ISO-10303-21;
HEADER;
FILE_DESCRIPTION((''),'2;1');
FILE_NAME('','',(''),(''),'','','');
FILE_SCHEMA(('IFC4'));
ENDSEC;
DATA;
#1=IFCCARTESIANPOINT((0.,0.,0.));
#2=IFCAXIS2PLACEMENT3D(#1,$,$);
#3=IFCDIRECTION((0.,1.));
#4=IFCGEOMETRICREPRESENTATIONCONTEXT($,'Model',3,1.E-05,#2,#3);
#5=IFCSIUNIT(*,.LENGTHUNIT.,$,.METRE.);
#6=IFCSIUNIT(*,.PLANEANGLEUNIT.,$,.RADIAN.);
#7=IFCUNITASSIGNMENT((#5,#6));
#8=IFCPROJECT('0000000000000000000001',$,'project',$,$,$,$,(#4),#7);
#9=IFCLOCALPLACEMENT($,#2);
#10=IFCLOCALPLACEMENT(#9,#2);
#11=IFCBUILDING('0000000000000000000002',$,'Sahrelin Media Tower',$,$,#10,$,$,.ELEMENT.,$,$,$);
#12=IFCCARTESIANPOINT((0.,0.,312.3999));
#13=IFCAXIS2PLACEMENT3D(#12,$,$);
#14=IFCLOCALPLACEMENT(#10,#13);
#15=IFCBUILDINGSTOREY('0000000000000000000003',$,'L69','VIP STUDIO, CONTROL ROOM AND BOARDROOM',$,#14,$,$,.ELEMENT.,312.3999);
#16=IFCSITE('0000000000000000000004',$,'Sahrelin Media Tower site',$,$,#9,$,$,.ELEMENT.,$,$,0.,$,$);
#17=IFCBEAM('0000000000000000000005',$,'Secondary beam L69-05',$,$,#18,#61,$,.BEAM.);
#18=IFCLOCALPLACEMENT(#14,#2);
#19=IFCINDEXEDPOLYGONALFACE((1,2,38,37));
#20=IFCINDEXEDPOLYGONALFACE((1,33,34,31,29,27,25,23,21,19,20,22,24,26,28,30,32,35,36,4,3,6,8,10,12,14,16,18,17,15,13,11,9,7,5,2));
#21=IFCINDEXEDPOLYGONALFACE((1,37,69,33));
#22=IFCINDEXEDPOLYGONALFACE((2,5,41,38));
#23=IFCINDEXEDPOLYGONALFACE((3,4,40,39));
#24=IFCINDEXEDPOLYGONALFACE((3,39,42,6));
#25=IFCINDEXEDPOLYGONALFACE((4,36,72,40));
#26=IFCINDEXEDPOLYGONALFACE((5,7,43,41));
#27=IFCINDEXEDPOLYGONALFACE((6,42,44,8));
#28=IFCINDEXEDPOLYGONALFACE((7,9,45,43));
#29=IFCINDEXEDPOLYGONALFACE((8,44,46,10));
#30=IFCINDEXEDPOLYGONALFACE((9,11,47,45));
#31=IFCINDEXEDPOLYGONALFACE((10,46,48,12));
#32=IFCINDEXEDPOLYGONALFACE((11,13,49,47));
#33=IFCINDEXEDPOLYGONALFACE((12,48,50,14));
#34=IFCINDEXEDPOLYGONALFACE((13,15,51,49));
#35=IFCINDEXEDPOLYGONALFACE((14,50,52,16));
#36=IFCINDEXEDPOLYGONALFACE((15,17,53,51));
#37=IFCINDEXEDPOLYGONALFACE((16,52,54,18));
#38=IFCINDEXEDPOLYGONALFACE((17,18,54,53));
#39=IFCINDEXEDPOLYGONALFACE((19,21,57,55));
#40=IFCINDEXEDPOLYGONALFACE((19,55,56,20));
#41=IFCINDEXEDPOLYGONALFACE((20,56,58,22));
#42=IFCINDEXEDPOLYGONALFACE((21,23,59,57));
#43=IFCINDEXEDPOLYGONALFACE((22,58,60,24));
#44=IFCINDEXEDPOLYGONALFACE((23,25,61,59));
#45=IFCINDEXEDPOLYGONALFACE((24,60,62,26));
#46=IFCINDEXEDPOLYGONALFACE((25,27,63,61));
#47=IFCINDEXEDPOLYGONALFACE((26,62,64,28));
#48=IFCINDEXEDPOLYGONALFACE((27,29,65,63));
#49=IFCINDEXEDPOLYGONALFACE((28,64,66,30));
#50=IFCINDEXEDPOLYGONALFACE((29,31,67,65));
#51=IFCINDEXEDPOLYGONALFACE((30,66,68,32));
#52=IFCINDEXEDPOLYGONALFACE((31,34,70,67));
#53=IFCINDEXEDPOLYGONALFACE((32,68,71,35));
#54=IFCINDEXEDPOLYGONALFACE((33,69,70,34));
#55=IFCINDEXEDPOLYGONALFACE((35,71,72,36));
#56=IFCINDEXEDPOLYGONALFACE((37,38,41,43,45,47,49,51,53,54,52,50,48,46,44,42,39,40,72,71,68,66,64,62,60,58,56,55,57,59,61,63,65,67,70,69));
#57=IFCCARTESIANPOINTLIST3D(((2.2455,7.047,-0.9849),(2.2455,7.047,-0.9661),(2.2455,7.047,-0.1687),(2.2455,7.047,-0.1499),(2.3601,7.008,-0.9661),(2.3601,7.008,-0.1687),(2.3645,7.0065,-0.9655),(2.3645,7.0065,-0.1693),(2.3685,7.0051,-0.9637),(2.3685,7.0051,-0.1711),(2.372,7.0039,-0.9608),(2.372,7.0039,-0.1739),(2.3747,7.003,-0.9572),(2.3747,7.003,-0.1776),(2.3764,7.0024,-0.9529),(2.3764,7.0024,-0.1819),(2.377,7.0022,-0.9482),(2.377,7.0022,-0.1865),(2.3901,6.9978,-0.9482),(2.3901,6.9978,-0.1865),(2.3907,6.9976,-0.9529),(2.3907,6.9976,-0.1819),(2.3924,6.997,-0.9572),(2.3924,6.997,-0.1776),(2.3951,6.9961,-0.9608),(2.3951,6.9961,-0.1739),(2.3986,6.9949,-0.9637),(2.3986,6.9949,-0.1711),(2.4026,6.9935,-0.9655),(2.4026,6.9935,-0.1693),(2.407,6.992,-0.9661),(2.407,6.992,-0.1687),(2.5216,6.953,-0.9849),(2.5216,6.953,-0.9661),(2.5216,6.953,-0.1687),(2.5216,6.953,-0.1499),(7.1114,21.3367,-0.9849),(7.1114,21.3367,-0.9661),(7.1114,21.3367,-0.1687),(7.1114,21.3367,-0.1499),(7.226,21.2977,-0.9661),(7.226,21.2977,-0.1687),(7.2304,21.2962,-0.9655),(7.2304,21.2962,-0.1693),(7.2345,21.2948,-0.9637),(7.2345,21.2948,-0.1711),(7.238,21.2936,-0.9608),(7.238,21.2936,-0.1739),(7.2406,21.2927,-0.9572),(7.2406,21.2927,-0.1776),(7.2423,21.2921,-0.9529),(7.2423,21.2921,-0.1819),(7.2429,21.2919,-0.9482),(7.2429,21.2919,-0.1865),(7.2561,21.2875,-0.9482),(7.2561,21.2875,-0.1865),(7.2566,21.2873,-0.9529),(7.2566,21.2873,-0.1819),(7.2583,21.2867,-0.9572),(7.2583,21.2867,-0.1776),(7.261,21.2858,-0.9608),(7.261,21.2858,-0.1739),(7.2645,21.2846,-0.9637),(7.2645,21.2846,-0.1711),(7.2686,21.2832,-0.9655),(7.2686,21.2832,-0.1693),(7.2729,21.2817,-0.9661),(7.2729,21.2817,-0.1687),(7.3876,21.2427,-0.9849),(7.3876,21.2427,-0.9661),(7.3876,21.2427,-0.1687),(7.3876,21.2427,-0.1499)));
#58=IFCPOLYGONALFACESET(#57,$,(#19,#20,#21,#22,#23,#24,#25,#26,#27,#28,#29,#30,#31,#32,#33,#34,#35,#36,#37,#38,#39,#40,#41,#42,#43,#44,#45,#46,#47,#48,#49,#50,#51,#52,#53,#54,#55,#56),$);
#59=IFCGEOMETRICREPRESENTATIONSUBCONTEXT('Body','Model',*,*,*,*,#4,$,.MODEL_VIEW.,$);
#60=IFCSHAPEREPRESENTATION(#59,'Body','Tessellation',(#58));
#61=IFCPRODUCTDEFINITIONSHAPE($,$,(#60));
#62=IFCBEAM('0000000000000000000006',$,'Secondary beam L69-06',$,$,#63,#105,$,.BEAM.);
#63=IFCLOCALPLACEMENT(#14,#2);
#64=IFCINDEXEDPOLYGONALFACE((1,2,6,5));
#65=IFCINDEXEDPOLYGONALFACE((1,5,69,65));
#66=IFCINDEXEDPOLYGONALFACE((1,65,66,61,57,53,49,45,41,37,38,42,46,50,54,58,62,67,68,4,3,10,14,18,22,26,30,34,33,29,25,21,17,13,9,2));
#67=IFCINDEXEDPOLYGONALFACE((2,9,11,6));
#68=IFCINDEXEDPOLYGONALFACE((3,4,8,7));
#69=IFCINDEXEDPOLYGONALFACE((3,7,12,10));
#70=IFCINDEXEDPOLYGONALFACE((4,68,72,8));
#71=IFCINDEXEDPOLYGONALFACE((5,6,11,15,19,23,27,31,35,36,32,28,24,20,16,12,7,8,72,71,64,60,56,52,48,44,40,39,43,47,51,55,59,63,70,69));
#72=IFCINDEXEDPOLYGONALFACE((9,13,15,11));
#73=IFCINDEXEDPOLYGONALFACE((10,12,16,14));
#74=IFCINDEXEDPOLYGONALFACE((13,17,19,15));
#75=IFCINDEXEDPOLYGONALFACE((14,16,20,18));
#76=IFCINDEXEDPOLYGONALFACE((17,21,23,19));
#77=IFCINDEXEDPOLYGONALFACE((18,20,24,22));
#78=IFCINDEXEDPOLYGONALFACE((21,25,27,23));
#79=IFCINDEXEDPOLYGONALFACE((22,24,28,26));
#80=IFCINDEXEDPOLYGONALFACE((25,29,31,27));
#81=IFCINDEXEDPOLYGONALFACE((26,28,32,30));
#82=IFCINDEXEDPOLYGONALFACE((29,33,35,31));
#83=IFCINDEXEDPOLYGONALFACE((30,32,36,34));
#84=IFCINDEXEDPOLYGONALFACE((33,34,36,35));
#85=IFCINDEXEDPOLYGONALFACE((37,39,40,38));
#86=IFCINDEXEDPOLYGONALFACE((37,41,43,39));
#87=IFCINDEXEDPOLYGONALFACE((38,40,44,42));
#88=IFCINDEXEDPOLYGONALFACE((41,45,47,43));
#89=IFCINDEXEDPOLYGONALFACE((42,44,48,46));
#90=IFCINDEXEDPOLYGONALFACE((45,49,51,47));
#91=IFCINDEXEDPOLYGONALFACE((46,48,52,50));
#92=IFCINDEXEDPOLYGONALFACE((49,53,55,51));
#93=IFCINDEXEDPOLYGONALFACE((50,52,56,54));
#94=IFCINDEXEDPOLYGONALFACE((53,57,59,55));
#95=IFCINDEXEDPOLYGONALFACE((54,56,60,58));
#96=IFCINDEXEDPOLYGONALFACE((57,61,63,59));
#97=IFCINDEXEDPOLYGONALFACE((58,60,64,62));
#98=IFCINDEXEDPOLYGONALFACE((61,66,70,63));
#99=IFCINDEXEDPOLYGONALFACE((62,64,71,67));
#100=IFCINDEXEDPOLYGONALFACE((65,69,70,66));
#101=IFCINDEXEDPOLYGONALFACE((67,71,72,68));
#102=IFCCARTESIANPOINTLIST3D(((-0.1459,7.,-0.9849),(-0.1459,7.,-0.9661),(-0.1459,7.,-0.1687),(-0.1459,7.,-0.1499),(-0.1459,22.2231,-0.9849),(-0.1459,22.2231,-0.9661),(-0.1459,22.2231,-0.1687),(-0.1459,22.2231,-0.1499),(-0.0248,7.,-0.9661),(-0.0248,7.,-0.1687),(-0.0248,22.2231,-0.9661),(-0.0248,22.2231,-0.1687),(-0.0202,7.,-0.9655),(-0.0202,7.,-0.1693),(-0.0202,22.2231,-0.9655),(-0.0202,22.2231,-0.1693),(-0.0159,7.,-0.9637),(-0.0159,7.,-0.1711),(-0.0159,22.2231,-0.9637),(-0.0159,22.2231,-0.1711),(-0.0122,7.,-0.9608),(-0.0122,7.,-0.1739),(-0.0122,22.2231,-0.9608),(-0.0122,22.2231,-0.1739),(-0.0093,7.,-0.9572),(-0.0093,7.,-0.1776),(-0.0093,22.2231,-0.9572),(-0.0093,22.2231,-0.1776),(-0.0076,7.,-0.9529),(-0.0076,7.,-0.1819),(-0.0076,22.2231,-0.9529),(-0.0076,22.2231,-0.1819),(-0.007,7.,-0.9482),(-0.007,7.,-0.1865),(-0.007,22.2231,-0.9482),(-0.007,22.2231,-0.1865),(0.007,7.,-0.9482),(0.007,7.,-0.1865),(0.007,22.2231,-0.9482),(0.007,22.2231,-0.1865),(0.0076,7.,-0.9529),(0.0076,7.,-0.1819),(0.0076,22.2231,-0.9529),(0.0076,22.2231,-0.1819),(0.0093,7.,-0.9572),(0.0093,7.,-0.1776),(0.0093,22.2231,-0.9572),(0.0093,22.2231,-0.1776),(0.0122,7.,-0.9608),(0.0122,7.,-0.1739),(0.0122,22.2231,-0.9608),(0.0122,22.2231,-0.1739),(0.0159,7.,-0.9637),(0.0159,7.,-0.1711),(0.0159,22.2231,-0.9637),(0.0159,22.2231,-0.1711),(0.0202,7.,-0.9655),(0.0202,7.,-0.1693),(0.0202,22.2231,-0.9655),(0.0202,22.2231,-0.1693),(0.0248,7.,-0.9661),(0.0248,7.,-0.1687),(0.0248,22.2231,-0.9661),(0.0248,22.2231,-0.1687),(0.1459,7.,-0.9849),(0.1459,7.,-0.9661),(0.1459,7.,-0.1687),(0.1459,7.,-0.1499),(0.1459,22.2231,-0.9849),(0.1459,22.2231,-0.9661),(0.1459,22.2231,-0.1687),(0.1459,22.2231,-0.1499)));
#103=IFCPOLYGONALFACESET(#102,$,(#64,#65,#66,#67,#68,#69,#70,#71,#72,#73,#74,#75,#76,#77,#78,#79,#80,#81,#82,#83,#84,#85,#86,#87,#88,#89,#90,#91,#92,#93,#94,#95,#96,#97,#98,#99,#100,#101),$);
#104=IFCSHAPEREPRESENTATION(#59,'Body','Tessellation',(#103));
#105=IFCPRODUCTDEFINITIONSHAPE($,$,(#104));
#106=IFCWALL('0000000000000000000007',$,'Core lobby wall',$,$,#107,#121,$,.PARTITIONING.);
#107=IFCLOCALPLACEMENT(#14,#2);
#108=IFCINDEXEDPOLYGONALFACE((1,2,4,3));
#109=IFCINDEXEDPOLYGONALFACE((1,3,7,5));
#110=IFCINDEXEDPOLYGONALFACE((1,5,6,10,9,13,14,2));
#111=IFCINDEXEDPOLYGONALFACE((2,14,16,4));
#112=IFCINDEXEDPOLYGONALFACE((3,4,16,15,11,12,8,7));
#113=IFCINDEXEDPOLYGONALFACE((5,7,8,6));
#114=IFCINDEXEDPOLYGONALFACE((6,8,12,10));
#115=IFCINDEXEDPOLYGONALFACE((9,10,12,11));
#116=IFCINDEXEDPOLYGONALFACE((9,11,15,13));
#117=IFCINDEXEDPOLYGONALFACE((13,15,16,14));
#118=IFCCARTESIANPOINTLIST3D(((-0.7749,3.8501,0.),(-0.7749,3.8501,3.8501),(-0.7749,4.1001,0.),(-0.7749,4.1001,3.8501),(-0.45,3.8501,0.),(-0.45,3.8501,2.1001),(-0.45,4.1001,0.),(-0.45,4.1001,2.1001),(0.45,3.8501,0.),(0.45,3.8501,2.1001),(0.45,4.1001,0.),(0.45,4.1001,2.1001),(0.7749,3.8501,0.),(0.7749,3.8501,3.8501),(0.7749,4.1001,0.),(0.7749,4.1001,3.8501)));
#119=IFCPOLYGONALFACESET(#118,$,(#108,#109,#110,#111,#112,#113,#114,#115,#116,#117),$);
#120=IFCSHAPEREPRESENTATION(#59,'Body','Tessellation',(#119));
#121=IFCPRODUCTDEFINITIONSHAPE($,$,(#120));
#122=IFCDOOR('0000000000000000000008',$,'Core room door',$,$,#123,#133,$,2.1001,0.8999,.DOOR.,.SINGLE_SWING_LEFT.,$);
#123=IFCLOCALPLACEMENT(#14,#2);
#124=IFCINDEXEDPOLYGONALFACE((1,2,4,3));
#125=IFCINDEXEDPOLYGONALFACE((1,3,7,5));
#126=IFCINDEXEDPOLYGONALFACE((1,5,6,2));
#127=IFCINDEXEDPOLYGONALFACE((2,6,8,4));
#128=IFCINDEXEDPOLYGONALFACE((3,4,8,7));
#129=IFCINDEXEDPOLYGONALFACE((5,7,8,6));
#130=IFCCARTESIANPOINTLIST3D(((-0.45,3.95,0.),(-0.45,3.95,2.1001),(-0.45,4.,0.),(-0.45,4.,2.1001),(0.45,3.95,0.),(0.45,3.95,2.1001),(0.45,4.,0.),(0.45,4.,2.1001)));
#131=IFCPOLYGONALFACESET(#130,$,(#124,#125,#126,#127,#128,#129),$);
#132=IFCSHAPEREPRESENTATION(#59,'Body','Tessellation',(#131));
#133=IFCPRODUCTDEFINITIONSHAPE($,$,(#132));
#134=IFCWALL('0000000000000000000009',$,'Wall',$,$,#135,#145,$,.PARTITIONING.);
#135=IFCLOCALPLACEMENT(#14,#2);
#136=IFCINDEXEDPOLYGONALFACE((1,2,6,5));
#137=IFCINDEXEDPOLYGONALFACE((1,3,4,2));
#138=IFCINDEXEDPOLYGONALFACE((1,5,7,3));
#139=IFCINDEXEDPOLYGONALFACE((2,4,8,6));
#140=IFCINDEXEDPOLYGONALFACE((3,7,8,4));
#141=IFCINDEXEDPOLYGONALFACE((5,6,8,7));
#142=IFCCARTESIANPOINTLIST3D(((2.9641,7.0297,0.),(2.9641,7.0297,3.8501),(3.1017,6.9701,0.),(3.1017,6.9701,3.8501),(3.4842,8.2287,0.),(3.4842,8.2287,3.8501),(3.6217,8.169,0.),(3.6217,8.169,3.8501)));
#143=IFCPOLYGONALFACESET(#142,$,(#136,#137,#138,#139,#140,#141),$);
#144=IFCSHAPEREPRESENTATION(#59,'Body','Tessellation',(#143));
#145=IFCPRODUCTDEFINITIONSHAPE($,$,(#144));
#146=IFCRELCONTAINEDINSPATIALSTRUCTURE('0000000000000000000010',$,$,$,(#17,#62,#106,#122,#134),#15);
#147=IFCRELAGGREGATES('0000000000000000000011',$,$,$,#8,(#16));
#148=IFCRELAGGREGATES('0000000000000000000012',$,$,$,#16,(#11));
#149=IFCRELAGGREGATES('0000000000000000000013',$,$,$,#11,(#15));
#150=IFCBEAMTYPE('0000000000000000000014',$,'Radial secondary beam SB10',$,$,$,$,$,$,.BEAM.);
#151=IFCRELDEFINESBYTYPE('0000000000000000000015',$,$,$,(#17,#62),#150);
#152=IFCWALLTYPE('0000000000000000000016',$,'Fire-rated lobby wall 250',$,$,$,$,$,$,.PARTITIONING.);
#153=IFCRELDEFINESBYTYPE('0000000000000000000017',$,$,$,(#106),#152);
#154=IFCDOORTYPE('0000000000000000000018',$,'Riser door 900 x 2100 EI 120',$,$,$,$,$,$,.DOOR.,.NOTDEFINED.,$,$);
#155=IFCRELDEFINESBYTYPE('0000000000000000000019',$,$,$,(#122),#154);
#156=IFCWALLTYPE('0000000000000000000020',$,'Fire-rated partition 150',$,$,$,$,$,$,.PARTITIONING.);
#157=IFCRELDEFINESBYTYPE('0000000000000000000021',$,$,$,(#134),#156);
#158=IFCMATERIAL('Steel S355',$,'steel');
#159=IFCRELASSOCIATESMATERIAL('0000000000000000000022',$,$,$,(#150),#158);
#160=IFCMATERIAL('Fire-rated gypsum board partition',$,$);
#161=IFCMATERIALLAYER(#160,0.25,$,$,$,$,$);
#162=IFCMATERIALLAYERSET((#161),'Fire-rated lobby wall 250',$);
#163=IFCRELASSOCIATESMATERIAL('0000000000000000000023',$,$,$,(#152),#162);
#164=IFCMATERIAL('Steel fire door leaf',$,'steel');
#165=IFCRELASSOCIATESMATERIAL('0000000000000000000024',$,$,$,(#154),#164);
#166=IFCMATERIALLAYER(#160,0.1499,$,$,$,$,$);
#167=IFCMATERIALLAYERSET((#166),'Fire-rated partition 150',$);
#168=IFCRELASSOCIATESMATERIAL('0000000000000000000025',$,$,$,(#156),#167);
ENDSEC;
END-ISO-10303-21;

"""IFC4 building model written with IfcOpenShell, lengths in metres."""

from ifc_helpers import new_model, si_unit, direction, frame, frame_2d, origin, origin_2d, place, context, subcontext, project, spatial, rectangle, i_section, extrude, material, layer, layer_set, material_profile, profile_set, type_object, element, fill, save


model = new_model("IFC4")

# Units and contexts
model_context = context("Model", 3, precision=1e-05, world=origin(), true_north=direction((0.0, 1.0)))
body_context = subcontext(model_context, "Body", "Model", "MODEL_VIEW")
ifc_project = project(units=[si_unit("LENGTHUNIT", "METRE"), si_unit("PLANEANGLEUNIT", "RADIAN")], contexts=[model_context])

# Site, building, storey
site_placement = place(None, origin())
site = spatial("IfcSite", under=ifc_project, at=site_placement, Name="Sahrelin Media Tower site", CompositionType="ELEMENT", RefElevation=0.0)
building_placement = place(site_placement, origin())
building = spatial("IfcBuilding", under=site, at=building_placement, Name="Sahrelin Media Tower", CompositionType="ELEMENT")
storey_placement = place(building_placement, frame((0.0, 0.0, 312.3999)))
storey = spatial("IfcBuildingStorey", under=building, at=storey_placement, Name="L69", Description="VIP STUDIO, CONTROL ROOM AND BOARDROOM", CompositionType="ELEMENT", Elevation=312.3999)

# Beams
ifc_material_1 = material(Name="Steel S355", Category="steel")
ifc_material_profile_1 = material_profile(ifc_material_1, i_section(OverallWidth=0.2917, OverallDepth=0.835, WebThickness=0.0139, FlangeThickness=0.0188, FilletRadius=0.0178, at=origin_2d()), Name="UB 838x292x176")
ifc_profile_set_1 = profile_set([ifc_material_profile_1], Name="Steel S355")
beam_type_1 = type_object("IfcBeamType", Name="Radial secondary beam SB10", PredefinedType="BEAM", material=ifc_profile_set_1)
beam_1_placement = place(storey_placement, frame((2.3835, 7.0, -0.5674), z_axis=(0.322344, 0.946623, 0.0), x_axis=(-0.946623, 0.322344, 0.0)))
element("IfcBeam", 1, at=beam_1_placement, inside=storey, type_object=beam_type_1, Name="Secondary beam L69-05", PredefinedType="BEAM", context=body_context, shape_type="SweptSolid", body=[
    extrude(i_section(OverallWidth=0.2917, OverallDepth=0.835, WebThickness=0.0139, FlangeThickness=0.0188, FilletRadius=0.0178, at=origin_2d()), origin(), (0.0, 0.0, 1.0), 15.0955),
])
beam_2_placement = place(storey_placement, frame((0.0, 7.0, -0.5674), z_axis=(0.0, 1.0, 0.0), x_axis=(-1.0, 0.0, 0.0)))
element("IfcBeam", 2, at=beam_2_placement, inside=storey, type_object=beam_type_1, Name="Secondary beam L69-06", PredefinedType="BEAM", context=body_context, shape_type="SweptSolid", body=[
    extrude(i_section(OverallWidth=0.2917, OverallDepth=0.835, WebThickness=0.0139, FlangeThickness=0.0188, FilletRadius=0.0178, at=origin_2d()), origin(), (0.0, 0.0, 1.0), 15.2231),
])

# Wall, opening, door
ifc_material_2 = material(Name="Fire-rated gypsum board partition")
ifc_layer_1 = layer(ifc_material_2, 0.25)
ifc_layer_set_1 = layer_set([ifc_layer_1], Name="Fire-rated lobby wall 250")
wall_type_1 = type_object("IfcWallType", Name="Fire-rated lobby wall 250", PredefinedType="PARTITIONING", material=ifc_layer_set_1)
wall_1_placement = place(storey_placement, frame((-0.7749, 3.9751, 0.0), z_axis=(0.0, 0.0, 1.0), x_axis=(1.0, 0.0, 0.0)))
wall_1 = element("IfcWall", 3, at=wall_1_placement, inside=storey, type_object=wall_type_1, Name="Core lobby wall", PredefinedType="PARTITIONING", context=body_context, shape_type="SweptSolid", body=[
    extrude(rectangle(XDim=1.5498, YDim=0.25, at=frame_2d((0.7749, 0.0))), origin(), (0.0, 0.0, 1.0), 3.8501),
])
opening_1_placement = place(wall_1_placement, frame((0.325, 0.0, 0.0)))
opening_1 = element("IfcOpeningElement", 4, at=opening_1_placement, cuts=wall_1, PredefinedType="OPENING", context=body_context, shape_type="SweptSolid", body=[
    extrude(rectangle(XDim=0.8999, YDim=2.1001, at=frame_2d((0.45, 1.05))), frame((0.0, 0.125, 0.0), z_axis=(0.0, -1.0, 0.0), x_axis=(1.0, 0.0, 0.0)), (0.0, 0.0, 1.0), 0.25),
])
ifc_material_3 = material(Name="Steel fire door leaf", Category="steel")
door_type_1 = type_object("IfcDoorType", Name="Riser door 900 x 2100 EI 120", OperationType="NOTDEFINED", PredefinedType="DOOR", material=ifc_material_3)
door_1_placement = place(opening_1_placement, origin())
door_1 = element("IfcDoor", 5, at=door_1_placement, inside=storey, type_object=door_type_1, Name="Core room door", OperationType="SINGLE_SWING_LEFT", OverallHeight=2.1001, OverallWidth=0.8999, PredefinedType="DOOR", context=body_context, shape_type="SweptSolid", body=[
    extrude(rectangle(XDim=0.8999, YDim=2.1001, at=frame_2d((0.45, 1.05))), frame((0.0, 0.0249, 0.0), z_axis=(0.0, -1.0, 0.0), x_axis=(1.0, 0.0, 0.0)), (0.0, 0.0, 1.0), 0.05),
])
fill(opening_1, door_1)

# Wall
ifc_layer_2 = layer(ifc_material_2, 0.1499)
ifc_layer_set_2 = layer_set([ifc_layer_2], Name="Fire-rated partition 150")
wall_type_2 = type_object("IfcWallType", Name="Fire-rated partition 150", PredefinedType="PARTITIONING", material=ifc_layer_set_2)
wall_2_placement = place(storey_placement, frame((3.033, 7.0, 0.0), z_axis=(0.0, 0.0, 1.0), x_axis=(0.397906, 0.917426, 0.0)))
element("IfcWall", 6, at=wall_2_placement, inside=storey, type_object=wall_type_2, Name="Wall", PredefinedType="PARTITIONING", context=body_context, shape_type="SweptSolid", body=[
    extrude(rectangle(XDim=1.3069, YDim=0.1499, at=frame_2d((0.6533, 0.0))), origin(), (0.0, 0.0, 1.0), 3.8501),
])

save(model, "model.ifc")
